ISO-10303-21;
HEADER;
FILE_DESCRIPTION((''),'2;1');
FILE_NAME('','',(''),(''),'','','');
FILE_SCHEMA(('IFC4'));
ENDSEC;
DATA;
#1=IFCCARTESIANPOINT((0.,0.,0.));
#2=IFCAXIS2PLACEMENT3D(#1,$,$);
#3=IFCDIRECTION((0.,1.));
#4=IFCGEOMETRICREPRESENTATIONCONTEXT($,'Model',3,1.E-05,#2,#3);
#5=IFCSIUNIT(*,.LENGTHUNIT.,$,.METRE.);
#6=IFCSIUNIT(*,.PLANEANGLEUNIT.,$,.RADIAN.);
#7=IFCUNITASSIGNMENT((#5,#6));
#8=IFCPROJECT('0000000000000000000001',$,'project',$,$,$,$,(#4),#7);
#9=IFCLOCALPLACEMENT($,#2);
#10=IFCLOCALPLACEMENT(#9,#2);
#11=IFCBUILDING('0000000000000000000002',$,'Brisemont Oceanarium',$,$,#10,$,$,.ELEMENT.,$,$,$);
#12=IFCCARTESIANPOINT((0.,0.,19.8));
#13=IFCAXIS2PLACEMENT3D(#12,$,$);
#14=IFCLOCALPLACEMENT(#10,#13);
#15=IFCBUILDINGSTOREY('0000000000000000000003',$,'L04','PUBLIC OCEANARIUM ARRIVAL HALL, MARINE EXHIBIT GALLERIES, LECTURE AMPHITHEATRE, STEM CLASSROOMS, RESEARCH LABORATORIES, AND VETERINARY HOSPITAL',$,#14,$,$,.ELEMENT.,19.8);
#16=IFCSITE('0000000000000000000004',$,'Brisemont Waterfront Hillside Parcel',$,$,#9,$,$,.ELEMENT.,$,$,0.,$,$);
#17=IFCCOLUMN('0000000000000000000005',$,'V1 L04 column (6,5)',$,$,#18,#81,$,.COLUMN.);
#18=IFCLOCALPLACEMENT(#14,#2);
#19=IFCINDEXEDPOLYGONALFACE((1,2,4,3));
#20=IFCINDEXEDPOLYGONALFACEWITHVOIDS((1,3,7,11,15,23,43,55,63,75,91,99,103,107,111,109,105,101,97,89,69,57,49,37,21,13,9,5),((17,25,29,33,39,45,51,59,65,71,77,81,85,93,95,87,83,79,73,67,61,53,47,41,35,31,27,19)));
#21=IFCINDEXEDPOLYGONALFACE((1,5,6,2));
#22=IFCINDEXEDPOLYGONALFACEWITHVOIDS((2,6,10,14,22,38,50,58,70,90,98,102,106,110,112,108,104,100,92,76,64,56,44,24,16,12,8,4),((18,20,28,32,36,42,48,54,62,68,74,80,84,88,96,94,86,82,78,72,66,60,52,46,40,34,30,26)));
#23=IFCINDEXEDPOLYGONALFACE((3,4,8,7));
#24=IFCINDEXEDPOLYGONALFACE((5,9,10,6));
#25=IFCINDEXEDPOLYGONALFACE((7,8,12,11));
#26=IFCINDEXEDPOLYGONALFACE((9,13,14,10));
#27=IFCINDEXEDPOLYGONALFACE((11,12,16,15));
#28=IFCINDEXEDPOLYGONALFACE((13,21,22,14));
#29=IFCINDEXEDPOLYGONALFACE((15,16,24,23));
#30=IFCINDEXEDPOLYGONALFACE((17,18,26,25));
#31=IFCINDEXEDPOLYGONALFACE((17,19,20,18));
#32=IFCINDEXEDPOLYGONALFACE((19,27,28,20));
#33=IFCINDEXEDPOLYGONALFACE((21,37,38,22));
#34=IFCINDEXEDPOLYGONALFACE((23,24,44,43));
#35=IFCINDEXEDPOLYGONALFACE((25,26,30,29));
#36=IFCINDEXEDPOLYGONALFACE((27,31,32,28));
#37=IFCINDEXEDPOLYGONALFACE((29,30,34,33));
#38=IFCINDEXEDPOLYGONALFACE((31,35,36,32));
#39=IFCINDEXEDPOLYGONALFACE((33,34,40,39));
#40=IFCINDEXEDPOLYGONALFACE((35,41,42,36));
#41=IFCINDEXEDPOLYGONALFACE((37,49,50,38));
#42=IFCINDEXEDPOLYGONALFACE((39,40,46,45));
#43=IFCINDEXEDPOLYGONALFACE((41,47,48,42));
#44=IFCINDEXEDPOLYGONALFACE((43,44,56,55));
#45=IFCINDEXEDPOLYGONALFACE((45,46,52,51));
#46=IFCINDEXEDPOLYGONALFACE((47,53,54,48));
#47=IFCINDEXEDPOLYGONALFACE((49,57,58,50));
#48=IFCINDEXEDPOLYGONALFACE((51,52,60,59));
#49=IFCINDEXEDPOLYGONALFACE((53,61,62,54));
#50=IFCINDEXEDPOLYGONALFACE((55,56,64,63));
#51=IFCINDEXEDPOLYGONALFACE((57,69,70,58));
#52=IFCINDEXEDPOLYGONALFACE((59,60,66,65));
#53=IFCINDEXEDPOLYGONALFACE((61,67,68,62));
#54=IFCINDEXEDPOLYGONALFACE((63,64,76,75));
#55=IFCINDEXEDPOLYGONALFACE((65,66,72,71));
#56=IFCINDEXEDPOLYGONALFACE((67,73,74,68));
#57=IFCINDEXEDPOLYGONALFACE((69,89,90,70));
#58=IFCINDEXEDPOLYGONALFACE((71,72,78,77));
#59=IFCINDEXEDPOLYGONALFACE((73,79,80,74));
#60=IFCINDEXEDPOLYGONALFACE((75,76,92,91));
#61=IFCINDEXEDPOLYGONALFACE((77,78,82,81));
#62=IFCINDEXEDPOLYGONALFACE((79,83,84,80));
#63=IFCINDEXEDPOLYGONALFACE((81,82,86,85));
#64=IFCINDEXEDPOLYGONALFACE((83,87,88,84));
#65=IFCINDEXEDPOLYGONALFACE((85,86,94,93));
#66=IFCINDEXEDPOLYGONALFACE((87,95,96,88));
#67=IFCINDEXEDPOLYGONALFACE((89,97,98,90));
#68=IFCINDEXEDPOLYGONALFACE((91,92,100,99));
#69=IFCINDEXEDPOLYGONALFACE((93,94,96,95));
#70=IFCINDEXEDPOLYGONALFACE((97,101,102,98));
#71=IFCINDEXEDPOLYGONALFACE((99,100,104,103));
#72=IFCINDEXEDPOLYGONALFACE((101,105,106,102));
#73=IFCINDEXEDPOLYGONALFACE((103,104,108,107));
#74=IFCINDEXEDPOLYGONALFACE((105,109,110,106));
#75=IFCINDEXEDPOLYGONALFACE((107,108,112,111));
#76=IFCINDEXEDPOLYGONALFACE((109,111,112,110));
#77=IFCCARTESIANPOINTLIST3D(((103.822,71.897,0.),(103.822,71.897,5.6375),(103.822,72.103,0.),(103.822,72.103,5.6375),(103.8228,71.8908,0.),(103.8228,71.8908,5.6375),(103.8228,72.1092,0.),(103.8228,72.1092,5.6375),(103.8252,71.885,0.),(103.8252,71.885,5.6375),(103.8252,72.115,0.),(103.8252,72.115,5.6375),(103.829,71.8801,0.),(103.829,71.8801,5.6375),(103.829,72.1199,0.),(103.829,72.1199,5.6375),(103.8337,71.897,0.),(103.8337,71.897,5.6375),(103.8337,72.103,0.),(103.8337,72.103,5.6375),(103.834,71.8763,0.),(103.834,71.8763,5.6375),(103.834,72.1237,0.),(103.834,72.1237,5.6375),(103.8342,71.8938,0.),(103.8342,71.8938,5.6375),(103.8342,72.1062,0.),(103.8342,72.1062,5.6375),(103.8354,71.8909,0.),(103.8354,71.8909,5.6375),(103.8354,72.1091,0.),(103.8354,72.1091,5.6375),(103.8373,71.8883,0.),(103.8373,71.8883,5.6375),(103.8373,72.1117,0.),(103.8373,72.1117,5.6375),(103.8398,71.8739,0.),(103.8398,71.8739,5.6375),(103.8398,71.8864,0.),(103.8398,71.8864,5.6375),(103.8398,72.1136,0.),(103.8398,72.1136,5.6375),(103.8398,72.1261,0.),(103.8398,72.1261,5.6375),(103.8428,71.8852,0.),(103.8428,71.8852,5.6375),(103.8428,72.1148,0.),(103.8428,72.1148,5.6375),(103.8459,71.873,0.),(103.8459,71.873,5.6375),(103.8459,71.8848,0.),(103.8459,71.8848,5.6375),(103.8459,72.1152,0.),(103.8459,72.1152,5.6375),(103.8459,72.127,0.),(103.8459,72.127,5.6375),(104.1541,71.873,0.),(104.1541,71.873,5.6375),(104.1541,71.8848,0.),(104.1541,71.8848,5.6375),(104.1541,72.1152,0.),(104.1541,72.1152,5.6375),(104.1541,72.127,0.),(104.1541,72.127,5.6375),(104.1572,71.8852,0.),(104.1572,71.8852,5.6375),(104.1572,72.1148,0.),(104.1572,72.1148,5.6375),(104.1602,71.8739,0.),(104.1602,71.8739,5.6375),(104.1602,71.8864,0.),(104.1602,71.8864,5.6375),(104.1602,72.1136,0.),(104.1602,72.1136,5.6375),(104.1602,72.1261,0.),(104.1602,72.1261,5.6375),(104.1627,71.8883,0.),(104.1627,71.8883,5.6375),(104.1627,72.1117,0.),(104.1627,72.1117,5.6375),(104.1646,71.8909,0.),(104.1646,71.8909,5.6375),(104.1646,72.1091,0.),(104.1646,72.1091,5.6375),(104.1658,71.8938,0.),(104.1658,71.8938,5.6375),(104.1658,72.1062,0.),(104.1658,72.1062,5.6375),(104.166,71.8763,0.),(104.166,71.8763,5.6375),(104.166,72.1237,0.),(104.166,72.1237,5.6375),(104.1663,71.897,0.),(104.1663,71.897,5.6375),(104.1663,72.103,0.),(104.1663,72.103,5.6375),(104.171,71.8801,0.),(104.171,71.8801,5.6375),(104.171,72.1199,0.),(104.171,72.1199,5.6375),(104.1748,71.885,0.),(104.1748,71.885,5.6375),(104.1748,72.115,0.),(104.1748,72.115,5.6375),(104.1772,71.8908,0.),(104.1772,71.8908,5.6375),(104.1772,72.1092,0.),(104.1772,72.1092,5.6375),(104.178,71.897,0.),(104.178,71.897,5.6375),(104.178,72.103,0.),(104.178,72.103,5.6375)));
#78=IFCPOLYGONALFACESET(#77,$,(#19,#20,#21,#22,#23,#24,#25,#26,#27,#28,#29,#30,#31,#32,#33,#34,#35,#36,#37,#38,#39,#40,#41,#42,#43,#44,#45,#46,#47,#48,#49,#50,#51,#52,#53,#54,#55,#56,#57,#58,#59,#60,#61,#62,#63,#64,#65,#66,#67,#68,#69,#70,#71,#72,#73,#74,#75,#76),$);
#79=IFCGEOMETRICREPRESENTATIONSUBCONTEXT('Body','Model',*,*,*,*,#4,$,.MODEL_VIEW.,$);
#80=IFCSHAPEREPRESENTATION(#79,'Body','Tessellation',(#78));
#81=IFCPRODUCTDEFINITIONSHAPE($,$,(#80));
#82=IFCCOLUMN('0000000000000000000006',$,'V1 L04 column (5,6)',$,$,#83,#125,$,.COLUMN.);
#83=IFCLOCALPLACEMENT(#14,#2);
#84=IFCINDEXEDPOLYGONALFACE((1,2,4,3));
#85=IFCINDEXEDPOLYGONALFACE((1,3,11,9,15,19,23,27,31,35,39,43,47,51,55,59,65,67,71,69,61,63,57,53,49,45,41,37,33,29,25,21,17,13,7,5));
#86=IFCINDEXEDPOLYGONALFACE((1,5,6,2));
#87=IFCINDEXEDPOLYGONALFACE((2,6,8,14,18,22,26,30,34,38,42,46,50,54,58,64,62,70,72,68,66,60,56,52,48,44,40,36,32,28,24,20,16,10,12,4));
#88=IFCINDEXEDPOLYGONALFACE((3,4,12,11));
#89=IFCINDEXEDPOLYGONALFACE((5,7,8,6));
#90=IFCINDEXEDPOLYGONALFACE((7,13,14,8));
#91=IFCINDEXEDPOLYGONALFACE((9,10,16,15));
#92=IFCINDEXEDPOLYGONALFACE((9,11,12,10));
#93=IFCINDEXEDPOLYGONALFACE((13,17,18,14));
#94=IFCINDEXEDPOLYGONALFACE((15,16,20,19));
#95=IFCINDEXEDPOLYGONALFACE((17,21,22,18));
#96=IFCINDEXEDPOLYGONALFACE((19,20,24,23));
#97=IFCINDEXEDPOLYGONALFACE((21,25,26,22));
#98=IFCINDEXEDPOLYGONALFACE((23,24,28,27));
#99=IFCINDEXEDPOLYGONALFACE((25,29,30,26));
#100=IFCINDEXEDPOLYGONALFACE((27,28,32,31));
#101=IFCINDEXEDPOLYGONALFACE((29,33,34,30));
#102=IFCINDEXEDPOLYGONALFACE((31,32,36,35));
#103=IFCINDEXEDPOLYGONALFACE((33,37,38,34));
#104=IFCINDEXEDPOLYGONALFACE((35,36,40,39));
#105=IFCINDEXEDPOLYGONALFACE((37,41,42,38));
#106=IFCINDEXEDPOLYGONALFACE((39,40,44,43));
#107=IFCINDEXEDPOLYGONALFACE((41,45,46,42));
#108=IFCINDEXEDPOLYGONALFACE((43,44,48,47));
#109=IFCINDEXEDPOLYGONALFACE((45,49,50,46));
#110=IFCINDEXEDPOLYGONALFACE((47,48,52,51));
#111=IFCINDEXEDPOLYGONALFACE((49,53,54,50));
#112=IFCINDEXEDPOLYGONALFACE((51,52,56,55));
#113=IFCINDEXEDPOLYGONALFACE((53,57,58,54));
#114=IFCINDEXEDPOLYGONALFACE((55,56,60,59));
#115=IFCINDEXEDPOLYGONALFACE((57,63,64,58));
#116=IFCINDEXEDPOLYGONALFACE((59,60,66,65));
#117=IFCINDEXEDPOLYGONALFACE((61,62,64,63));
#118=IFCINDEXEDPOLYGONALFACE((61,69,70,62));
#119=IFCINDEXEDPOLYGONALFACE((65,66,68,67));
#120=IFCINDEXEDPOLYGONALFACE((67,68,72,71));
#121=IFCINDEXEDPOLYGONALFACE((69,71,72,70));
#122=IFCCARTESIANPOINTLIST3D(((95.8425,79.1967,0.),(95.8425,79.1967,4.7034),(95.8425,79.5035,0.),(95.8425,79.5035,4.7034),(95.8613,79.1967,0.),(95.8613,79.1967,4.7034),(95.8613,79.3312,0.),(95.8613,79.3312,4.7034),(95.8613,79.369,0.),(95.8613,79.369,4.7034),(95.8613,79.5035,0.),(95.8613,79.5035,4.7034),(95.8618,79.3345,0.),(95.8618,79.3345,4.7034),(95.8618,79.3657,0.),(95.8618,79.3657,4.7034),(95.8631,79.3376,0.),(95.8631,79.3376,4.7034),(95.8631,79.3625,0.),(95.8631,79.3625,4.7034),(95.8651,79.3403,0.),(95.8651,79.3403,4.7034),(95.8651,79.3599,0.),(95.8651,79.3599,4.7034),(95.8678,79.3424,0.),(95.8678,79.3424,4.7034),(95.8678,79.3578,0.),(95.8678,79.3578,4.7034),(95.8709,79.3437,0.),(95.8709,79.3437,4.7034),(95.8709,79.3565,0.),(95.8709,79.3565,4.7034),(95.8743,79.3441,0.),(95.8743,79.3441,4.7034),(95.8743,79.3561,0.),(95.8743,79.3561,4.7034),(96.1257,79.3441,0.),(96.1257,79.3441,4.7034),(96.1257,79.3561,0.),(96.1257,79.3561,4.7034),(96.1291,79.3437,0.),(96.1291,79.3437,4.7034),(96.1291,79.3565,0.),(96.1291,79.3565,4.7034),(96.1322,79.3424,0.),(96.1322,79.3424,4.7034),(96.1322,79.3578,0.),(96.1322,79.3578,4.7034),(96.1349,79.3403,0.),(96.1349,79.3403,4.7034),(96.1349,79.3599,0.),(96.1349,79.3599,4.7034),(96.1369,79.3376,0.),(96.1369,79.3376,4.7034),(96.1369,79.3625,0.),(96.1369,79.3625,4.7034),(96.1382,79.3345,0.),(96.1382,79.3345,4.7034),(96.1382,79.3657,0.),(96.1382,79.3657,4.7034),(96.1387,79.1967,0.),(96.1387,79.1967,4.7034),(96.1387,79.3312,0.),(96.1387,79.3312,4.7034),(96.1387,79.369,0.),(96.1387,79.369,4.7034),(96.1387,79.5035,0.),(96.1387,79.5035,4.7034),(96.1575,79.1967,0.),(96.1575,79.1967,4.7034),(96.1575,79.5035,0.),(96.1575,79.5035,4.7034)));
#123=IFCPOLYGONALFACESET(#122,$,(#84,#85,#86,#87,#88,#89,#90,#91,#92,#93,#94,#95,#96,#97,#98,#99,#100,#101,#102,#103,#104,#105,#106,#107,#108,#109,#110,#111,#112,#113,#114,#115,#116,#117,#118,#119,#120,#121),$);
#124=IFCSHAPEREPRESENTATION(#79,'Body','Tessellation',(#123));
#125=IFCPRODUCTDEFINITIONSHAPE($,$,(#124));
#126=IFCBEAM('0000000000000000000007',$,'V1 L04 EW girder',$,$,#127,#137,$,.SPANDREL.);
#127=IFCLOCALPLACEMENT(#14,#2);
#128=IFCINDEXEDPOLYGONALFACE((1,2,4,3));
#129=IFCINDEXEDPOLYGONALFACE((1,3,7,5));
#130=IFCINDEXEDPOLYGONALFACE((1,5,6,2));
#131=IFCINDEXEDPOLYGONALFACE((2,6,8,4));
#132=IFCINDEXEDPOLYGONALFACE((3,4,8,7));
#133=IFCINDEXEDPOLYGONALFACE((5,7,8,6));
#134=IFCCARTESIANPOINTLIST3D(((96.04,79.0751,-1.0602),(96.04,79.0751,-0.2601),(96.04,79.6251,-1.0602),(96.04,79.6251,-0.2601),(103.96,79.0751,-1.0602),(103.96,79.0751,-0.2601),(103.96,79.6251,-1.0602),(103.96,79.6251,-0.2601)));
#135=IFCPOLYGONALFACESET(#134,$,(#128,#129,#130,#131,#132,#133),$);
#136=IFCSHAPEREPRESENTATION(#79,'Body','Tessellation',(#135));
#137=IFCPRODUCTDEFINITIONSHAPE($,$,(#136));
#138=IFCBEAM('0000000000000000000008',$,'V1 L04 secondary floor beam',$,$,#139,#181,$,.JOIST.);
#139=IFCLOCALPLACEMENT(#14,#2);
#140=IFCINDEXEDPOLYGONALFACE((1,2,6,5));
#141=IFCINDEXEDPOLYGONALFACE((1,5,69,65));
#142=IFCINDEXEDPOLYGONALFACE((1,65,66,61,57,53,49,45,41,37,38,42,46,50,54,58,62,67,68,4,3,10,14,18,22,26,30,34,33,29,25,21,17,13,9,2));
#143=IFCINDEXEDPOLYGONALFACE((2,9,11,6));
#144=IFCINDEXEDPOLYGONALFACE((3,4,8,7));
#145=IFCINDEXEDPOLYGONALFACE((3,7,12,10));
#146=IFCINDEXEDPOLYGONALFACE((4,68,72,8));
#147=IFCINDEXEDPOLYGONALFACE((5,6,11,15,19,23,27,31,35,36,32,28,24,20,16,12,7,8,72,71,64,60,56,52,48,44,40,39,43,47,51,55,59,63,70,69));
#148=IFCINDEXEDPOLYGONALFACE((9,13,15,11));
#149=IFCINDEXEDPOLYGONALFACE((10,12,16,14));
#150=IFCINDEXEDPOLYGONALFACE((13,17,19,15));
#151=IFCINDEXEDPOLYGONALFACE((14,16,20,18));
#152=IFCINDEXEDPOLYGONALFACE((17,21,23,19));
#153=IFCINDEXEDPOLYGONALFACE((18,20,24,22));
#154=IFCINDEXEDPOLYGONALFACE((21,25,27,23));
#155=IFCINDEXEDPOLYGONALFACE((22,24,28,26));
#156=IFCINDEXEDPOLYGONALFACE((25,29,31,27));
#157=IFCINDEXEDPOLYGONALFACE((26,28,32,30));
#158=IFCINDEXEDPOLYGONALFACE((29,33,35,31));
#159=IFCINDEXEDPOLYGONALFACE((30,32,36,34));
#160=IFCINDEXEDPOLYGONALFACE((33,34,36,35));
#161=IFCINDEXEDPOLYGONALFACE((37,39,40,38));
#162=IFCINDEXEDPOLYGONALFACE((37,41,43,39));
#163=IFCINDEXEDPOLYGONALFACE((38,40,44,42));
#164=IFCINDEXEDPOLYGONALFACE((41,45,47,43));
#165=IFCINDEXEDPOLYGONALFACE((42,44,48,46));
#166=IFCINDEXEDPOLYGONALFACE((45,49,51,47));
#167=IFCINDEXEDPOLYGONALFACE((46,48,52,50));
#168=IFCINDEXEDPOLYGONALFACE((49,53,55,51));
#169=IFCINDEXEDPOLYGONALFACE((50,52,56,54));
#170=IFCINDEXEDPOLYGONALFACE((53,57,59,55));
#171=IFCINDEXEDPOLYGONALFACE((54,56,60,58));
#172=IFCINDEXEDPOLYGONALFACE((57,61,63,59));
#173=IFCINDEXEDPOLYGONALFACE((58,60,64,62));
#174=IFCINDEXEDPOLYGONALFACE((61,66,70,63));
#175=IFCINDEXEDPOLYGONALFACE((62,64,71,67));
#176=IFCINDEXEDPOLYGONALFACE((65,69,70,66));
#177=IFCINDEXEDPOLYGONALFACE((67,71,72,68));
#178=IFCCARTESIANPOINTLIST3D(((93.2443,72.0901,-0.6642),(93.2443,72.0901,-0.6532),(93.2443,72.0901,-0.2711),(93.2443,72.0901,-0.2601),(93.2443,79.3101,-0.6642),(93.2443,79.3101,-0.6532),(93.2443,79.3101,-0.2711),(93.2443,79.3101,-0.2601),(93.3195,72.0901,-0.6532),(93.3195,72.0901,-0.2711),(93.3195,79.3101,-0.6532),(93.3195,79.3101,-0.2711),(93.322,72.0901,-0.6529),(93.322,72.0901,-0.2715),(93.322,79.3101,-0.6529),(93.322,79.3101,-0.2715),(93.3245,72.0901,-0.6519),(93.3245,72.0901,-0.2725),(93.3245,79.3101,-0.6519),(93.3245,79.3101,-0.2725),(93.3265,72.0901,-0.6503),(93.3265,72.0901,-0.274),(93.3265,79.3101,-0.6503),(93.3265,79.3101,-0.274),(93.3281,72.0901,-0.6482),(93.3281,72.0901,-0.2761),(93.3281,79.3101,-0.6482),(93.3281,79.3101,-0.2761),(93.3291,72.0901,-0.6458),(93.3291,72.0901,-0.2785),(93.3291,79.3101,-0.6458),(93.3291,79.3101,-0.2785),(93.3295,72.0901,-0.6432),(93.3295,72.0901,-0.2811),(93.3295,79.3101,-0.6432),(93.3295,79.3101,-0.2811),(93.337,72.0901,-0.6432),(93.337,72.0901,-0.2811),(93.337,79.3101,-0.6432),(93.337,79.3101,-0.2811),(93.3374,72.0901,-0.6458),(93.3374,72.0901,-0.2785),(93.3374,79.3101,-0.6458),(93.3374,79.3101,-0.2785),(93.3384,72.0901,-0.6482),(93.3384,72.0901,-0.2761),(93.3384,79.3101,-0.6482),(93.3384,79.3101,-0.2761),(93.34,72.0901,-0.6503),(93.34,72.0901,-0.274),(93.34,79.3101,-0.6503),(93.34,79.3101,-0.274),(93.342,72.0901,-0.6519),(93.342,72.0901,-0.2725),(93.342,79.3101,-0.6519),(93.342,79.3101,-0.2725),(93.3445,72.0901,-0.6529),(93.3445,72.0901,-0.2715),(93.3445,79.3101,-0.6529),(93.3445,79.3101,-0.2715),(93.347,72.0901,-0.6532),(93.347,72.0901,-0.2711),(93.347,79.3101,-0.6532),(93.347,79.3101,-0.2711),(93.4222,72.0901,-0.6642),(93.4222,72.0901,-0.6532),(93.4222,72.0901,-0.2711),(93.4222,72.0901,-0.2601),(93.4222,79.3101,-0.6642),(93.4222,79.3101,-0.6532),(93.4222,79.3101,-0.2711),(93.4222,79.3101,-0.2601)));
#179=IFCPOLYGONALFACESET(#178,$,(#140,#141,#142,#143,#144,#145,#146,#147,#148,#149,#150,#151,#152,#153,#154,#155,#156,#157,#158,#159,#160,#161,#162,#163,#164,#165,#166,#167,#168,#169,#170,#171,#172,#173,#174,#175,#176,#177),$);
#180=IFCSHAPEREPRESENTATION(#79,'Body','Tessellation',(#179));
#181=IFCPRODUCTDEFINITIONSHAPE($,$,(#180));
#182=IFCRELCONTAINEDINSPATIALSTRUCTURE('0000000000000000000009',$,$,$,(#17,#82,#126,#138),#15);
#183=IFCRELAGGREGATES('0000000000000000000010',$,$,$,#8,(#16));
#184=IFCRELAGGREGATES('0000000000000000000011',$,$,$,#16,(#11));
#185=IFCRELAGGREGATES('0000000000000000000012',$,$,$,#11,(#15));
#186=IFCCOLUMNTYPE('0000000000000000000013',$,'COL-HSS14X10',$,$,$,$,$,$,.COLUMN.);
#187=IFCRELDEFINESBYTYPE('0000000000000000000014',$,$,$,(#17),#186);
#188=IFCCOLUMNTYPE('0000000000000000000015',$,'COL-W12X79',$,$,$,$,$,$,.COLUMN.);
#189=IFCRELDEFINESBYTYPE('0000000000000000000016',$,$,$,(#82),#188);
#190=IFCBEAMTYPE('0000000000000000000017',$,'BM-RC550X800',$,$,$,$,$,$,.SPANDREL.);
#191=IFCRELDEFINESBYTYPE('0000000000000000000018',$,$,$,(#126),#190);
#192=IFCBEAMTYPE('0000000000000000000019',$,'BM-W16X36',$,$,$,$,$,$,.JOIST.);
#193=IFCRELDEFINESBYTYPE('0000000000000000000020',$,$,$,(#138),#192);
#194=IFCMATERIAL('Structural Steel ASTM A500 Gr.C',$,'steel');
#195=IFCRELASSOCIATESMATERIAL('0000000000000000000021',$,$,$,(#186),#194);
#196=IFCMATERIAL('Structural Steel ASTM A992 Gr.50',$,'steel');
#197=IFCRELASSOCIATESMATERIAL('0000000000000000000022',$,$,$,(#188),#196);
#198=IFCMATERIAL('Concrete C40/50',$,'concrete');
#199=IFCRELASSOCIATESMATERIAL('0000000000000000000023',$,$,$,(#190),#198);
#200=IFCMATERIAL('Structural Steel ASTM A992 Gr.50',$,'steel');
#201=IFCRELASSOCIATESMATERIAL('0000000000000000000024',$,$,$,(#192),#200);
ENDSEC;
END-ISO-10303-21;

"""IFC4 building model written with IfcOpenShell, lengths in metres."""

from ifc_helpers import new_model, si_unit, direction, frame, origin, origin_2d, place, context, subcontext, project, spatial, rectangle, hollow_rectangle, i_section, extrude, material, material_profile, profile_set, type_object, element, save


model = new_model("IFC4")

# Units and contexts
model_context = context("Model", 3, precision=1e-05, world=origin(), true_north=direction((0.0, 1.0)))
body_context = subcontext(model_context, "Body", "Model", "MODEL_VIEW")
ifc_project = project(units=[si_unit("LENGTHUNIT", "METRE"), si_unit("PLANEANGLEUNIT", "RADIAN")], contexts=[model_context])

# Site, building, storey
site_placement = place(None, origin())
site = spatial("IfcSite", under=ifc_project, at=site_placement, Name="Brisemont Waterfront Hillside Parcel", CompositionType="ELEMENT", RefElevation=0.0)
building_placement = place(site_placement, origin())
building = spatial("IfcBuilding", under=site, at=building_placement, Name="Brisemont Oceanarium", CompositionType="ELEMENT")
storey_placement = place(building_placement, frame((0.0, 0.0, 19.8)))
storey = spatial("IfcBuildingStorey", under=building, at=storey_placement, Name="L04", Description="PUBLIC OCEANARIUM ARRIVAL HALL, MARINE EXHIBIT GALLERIES, LECTURE AMPHITHEATRE, STEM CLASSROOMS, RESEARCH LABORATORIES, AND VETERINARY HOSPITAL", CompositionType="ELEMENT", Elevation=19.8)

# Columns
ifc_material_1 = material(Name="Structural Steel ASTM A500 Gr.C", Category="steel")
ifc_material_profile_1 = material_profile(ifc_material_1, hollow_rectangle(XDim=0.2539, YDim=0.356, WallThickness=0.0117, InnerFilletRadius=0.0122, OuterFilletRadius=0.0239, at=origin_2d()), Name="HSS14X10X1/2")
ifc_profile_set_1 = profile_set([ifc_material_profile_1], Name="Structural Steel ASTM A500 Gr.C")
column_type_1 = type_object("IfcColumnType", Name="COL-HSS14X10", PredefinedType="COLUMN", material=ifc_profile_set_1)
column_1_placement = place(storey_placement, frame((104.0, 72.0, 0.0), z_axis=(0.0, 0.0, 1.0), x_axis=(0.0, 1.0, 0.0)))
element("IfcColumn", 1, at=column_1_placement, inside=storey, type_object=column_type_1, Name="V1 L04 column (6,5)", PredefinedType="COLUMN", context=body_context, shape_type="SweptSolid", body=[
    extrude(hollow_rectangle(XDim=0.2539, YDim=0.356, WallThickness=0.0117, InnerFilletRadius=0.0122, OuterFilletRadius=0.0239, at=origin_2d()), origin(), (0.0, 0.0, 1.0), 5.6375),
])
ifc_material_2 = material(Name="Structural Steel ASTM A992 Gr.50", Category="steel")
ifc_material_profile_2 = material_profile(ifc_material_2, i_section(OverallWidth=0.3069, OverallDepth=0.3149, WebThickness=0.012, FlangeThickness=0.0188, FilletRadius=0.0129, at=origin_2d()), Name="W12X79")
ifc_profile_set_2 = profile_set([ifc_material_profile_2], Name="Structural Steel ASTM A992 Gr.50")
column_type_2 = type_object("IfcColumnType", Name="COL-W12X79", PredefinedType="COLUMN", material=ifc_profile_set_2)
column_2_placement = place(storey_placement, frame((96.0, 79.3501, 0.0), z_axis=(0.0, 0.0, 1.0), x_axis=(0.0, 1.0, 0.0)))
element("IfcColumn", 2, at=column_2_placement, inside=storey, type_object=column_type_2, Name="V1 L04 column (5,6)", PredefinedType="COLUMN", context=body_context, shape_type="SweptSolid", body=[
    extrude(i_section(OverallWidth=0.3069, OverallDepth=0.3149, WebThickness=0.012, FlangeThickness=0.0188, FilletRadius=0.0129, at=origin_2d()), origin(), (0.0, 0.0, 1.0), 4.7034),
])

# Beams
ifc_material_3 = material(Name="Concrete C40/50", Category="concrete")
ifc_material_profile_3 = material_profile(ifc_material_3, rectangle(XDim=0.55, YDim=0.8, at=origin_2d()), Name="RC-BM-550X800")
ifc_profile_set_3 = profile_set([ifc_material_profile_3], Name="Concrete C40/50")
beam_type_1 = type_object("IfcBeamType", Name="BM-RC550X800", PredefinedType="SPANDREL", material=ifc_profile_set_3)
beam_1_placement = place(storey_placement, frame((96.04, 79.3501, -0.6602), z_axis=(1.0, 0.0, 0.0), x_axis=(0.0, 1.0, 0.0)))
element("IfcBeam", 3, at=beam_1_placement, inside=storey, type_object=beam_type_1, Name="V1 L04 EW girder", PredefinedType="SPANDREL", context=body_context, shape_type="SweptSolid", body=[
    extrude(rectangle(XDim=0.55, YDim=0.8, at=origin_2d()), origin(), (0.0, 0.0, 1.0), 7.9199),
])
ifc_material_4 = material(Name="Structural Steel ASTM A992 Gr.50", Category="steel")
ifc_material_profile_4 = material_profile(ifc_material_4, i_section(OverallWidth=0.178, OverallDepth=0.4041, WebThickness=0.0076, FlangeThickness=0.011, FilletRadius=0.01, at=origin_2d()), Name="W16X36")
ifc_profile_set_4 = profile_set([ifc_material_profile_4], Name="Structural Steel ASTM A992 Gr.50")
beam_type_2 = type_object("IfcBeamType", Name="BM-W16X36", PredefinedType="JOIST", material=ifc_profile_set_4)
beam_2_placement = place(storey_placement, frame((93.3333, 72.0901, -0.4622), z_axis=(0.0, 1.0, 0.0), x_axis=(-1.0, 0.0, 0.0)))
element("IfcBeam", 4, at=beam_2_placement, inside=storey, type_object=beam_type_2, Name="V1 L04 secondary floor beam", PredefinedType="JOIST", context=body_context, shape_type="SweptSolid", body=[
    extrude(i_section(OverallWidth=0.178, OverallDepth=0.4041, WebThickness=0.0076, FlangeThickness=0.011, FilletRadius=0.01, at=origin_2d()), origin(), (0.0, 0.0, 1.0), 7.22),
])

save(model, "model.ifc")
